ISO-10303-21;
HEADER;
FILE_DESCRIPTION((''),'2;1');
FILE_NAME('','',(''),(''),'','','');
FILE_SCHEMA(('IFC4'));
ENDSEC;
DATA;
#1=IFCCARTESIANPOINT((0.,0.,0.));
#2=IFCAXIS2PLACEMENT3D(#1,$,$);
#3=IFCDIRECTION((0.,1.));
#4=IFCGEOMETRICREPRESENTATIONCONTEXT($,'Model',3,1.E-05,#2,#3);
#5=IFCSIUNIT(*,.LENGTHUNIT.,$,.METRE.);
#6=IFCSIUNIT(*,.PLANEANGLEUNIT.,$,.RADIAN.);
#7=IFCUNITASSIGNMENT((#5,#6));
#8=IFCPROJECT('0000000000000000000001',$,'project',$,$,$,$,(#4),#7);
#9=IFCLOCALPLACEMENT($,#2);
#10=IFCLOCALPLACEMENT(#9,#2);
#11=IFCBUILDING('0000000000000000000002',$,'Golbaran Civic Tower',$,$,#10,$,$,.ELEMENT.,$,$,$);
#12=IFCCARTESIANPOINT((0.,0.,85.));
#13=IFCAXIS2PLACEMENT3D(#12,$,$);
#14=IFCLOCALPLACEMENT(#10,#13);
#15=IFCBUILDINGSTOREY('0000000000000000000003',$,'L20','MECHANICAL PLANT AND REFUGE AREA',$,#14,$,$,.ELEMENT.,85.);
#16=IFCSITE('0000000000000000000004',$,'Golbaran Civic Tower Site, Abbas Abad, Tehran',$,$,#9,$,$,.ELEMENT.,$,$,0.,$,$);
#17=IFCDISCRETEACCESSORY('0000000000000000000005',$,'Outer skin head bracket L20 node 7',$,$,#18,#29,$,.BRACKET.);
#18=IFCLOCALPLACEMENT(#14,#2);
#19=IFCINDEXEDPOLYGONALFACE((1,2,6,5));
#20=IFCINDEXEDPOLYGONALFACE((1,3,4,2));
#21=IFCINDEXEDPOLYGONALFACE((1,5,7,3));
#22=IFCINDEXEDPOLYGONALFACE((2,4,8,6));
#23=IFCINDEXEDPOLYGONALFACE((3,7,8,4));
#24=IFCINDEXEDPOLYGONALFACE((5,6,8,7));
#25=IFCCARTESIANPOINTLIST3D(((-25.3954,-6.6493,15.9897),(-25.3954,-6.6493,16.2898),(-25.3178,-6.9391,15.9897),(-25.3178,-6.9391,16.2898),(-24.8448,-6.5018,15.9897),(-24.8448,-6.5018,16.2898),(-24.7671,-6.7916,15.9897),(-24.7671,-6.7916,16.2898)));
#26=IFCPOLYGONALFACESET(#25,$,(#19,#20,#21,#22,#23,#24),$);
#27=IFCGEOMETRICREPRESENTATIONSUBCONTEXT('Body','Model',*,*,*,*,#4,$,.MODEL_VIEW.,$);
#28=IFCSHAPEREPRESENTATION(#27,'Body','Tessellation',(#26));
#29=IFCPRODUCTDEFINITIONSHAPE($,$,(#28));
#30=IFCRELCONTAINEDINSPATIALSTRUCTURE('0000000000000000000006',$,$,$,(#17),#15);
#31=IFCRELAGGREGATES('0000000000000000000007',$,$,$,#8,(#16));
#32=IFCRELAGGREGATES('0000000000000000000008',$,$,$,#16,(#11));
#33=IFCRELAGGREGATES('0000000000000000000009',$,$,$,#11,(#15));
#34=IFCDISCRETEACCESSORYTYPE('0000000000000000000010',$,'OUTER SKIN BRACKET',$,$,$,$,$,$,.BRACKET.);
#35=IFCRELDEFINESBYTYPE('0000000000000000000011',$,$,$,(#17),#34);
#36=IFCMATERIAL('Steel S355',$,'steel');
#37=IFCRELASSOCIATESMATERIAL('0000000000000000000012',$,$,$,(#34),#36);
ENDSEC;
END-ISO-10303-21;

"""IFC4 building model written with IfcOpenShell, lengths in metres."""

from ifc_helpers import new_model, si_unit, direction, frame, origin, origin_2d, place, context, subcontext, project, spatial, rectangle, extrude, material, type_object, element, save


model = new_model("IFC4")

# Units and contexts
model_context = context("Model", 3, precision=1e-05, world=origin(), true_north=direction((0.0, 1.0)))
body_context = subcontext(model_context, "Body", "Model", "MODEL_VIEW")
ifc_project = project(units=[si_unit("LENGTHUNIT", "METRE"), si_unit("PLANEANGLEUNIT", "RADIAN")], contexts=[model_context])

# Site, building, storey
site_placement = place(None, origin())
site = spatial("IfcSite", under=ifc_project, at=site_placement, Name="Golbaran Civic Tower Site, Abbas Abad, Tehran", CompositionType="ELEMENT", RefElevation=0.0)
building_placement = place(site_placement, origin())
building = spatial("IfcBuilding", under=site, at=building_placement, Name="Golbaran Civic Tower", CompositionType="ELEMENT")
storey_placement = place(building_placement, frame((0.0, 0.0, 85.0)))
storey = spatial("IfcBuildingStorey", under=building, at=storey_placement, Name="L20", Description="MECHANICAL PLANT AND REFUGE AREA", CompositionType="ELEMENT", Elevation=85.0)

# Shared definitions
ifc_material_1 = material(Name="Steel S355", Category="steel")

# Discrete accessory
discrete_accessory_type = type_object("IfcDiscreteAccessoryType", Name="OUTER SKIN BRACKET", PredefinedType="BRACKET", material=ifc_material_1)
discrete_accessory_1_placement = place(storey_placement, frame((-25.0813, -6.7205, 15.9897), z_axis=(0.0, 0.0, 1.0), x_axis=(-0.965926, -0.258819, 0.0)))
element("IfcDiscreteAccessory", 1, at=discrete_accessory_1_placement, inside=storey, type_object=discrete_accessory_type, Name="Outer skin head bracket L20 node 7", PredefinedType="BRACKET", context=body_context, shape_type="SweptSolid", body=[
    extrude(rectangle(XDim=0.5701, YDim=0.3, at=origin_2d()), origin(), (0.0, 0.0, 1.0), 0.3),
])

save(model, "model.ifc")
